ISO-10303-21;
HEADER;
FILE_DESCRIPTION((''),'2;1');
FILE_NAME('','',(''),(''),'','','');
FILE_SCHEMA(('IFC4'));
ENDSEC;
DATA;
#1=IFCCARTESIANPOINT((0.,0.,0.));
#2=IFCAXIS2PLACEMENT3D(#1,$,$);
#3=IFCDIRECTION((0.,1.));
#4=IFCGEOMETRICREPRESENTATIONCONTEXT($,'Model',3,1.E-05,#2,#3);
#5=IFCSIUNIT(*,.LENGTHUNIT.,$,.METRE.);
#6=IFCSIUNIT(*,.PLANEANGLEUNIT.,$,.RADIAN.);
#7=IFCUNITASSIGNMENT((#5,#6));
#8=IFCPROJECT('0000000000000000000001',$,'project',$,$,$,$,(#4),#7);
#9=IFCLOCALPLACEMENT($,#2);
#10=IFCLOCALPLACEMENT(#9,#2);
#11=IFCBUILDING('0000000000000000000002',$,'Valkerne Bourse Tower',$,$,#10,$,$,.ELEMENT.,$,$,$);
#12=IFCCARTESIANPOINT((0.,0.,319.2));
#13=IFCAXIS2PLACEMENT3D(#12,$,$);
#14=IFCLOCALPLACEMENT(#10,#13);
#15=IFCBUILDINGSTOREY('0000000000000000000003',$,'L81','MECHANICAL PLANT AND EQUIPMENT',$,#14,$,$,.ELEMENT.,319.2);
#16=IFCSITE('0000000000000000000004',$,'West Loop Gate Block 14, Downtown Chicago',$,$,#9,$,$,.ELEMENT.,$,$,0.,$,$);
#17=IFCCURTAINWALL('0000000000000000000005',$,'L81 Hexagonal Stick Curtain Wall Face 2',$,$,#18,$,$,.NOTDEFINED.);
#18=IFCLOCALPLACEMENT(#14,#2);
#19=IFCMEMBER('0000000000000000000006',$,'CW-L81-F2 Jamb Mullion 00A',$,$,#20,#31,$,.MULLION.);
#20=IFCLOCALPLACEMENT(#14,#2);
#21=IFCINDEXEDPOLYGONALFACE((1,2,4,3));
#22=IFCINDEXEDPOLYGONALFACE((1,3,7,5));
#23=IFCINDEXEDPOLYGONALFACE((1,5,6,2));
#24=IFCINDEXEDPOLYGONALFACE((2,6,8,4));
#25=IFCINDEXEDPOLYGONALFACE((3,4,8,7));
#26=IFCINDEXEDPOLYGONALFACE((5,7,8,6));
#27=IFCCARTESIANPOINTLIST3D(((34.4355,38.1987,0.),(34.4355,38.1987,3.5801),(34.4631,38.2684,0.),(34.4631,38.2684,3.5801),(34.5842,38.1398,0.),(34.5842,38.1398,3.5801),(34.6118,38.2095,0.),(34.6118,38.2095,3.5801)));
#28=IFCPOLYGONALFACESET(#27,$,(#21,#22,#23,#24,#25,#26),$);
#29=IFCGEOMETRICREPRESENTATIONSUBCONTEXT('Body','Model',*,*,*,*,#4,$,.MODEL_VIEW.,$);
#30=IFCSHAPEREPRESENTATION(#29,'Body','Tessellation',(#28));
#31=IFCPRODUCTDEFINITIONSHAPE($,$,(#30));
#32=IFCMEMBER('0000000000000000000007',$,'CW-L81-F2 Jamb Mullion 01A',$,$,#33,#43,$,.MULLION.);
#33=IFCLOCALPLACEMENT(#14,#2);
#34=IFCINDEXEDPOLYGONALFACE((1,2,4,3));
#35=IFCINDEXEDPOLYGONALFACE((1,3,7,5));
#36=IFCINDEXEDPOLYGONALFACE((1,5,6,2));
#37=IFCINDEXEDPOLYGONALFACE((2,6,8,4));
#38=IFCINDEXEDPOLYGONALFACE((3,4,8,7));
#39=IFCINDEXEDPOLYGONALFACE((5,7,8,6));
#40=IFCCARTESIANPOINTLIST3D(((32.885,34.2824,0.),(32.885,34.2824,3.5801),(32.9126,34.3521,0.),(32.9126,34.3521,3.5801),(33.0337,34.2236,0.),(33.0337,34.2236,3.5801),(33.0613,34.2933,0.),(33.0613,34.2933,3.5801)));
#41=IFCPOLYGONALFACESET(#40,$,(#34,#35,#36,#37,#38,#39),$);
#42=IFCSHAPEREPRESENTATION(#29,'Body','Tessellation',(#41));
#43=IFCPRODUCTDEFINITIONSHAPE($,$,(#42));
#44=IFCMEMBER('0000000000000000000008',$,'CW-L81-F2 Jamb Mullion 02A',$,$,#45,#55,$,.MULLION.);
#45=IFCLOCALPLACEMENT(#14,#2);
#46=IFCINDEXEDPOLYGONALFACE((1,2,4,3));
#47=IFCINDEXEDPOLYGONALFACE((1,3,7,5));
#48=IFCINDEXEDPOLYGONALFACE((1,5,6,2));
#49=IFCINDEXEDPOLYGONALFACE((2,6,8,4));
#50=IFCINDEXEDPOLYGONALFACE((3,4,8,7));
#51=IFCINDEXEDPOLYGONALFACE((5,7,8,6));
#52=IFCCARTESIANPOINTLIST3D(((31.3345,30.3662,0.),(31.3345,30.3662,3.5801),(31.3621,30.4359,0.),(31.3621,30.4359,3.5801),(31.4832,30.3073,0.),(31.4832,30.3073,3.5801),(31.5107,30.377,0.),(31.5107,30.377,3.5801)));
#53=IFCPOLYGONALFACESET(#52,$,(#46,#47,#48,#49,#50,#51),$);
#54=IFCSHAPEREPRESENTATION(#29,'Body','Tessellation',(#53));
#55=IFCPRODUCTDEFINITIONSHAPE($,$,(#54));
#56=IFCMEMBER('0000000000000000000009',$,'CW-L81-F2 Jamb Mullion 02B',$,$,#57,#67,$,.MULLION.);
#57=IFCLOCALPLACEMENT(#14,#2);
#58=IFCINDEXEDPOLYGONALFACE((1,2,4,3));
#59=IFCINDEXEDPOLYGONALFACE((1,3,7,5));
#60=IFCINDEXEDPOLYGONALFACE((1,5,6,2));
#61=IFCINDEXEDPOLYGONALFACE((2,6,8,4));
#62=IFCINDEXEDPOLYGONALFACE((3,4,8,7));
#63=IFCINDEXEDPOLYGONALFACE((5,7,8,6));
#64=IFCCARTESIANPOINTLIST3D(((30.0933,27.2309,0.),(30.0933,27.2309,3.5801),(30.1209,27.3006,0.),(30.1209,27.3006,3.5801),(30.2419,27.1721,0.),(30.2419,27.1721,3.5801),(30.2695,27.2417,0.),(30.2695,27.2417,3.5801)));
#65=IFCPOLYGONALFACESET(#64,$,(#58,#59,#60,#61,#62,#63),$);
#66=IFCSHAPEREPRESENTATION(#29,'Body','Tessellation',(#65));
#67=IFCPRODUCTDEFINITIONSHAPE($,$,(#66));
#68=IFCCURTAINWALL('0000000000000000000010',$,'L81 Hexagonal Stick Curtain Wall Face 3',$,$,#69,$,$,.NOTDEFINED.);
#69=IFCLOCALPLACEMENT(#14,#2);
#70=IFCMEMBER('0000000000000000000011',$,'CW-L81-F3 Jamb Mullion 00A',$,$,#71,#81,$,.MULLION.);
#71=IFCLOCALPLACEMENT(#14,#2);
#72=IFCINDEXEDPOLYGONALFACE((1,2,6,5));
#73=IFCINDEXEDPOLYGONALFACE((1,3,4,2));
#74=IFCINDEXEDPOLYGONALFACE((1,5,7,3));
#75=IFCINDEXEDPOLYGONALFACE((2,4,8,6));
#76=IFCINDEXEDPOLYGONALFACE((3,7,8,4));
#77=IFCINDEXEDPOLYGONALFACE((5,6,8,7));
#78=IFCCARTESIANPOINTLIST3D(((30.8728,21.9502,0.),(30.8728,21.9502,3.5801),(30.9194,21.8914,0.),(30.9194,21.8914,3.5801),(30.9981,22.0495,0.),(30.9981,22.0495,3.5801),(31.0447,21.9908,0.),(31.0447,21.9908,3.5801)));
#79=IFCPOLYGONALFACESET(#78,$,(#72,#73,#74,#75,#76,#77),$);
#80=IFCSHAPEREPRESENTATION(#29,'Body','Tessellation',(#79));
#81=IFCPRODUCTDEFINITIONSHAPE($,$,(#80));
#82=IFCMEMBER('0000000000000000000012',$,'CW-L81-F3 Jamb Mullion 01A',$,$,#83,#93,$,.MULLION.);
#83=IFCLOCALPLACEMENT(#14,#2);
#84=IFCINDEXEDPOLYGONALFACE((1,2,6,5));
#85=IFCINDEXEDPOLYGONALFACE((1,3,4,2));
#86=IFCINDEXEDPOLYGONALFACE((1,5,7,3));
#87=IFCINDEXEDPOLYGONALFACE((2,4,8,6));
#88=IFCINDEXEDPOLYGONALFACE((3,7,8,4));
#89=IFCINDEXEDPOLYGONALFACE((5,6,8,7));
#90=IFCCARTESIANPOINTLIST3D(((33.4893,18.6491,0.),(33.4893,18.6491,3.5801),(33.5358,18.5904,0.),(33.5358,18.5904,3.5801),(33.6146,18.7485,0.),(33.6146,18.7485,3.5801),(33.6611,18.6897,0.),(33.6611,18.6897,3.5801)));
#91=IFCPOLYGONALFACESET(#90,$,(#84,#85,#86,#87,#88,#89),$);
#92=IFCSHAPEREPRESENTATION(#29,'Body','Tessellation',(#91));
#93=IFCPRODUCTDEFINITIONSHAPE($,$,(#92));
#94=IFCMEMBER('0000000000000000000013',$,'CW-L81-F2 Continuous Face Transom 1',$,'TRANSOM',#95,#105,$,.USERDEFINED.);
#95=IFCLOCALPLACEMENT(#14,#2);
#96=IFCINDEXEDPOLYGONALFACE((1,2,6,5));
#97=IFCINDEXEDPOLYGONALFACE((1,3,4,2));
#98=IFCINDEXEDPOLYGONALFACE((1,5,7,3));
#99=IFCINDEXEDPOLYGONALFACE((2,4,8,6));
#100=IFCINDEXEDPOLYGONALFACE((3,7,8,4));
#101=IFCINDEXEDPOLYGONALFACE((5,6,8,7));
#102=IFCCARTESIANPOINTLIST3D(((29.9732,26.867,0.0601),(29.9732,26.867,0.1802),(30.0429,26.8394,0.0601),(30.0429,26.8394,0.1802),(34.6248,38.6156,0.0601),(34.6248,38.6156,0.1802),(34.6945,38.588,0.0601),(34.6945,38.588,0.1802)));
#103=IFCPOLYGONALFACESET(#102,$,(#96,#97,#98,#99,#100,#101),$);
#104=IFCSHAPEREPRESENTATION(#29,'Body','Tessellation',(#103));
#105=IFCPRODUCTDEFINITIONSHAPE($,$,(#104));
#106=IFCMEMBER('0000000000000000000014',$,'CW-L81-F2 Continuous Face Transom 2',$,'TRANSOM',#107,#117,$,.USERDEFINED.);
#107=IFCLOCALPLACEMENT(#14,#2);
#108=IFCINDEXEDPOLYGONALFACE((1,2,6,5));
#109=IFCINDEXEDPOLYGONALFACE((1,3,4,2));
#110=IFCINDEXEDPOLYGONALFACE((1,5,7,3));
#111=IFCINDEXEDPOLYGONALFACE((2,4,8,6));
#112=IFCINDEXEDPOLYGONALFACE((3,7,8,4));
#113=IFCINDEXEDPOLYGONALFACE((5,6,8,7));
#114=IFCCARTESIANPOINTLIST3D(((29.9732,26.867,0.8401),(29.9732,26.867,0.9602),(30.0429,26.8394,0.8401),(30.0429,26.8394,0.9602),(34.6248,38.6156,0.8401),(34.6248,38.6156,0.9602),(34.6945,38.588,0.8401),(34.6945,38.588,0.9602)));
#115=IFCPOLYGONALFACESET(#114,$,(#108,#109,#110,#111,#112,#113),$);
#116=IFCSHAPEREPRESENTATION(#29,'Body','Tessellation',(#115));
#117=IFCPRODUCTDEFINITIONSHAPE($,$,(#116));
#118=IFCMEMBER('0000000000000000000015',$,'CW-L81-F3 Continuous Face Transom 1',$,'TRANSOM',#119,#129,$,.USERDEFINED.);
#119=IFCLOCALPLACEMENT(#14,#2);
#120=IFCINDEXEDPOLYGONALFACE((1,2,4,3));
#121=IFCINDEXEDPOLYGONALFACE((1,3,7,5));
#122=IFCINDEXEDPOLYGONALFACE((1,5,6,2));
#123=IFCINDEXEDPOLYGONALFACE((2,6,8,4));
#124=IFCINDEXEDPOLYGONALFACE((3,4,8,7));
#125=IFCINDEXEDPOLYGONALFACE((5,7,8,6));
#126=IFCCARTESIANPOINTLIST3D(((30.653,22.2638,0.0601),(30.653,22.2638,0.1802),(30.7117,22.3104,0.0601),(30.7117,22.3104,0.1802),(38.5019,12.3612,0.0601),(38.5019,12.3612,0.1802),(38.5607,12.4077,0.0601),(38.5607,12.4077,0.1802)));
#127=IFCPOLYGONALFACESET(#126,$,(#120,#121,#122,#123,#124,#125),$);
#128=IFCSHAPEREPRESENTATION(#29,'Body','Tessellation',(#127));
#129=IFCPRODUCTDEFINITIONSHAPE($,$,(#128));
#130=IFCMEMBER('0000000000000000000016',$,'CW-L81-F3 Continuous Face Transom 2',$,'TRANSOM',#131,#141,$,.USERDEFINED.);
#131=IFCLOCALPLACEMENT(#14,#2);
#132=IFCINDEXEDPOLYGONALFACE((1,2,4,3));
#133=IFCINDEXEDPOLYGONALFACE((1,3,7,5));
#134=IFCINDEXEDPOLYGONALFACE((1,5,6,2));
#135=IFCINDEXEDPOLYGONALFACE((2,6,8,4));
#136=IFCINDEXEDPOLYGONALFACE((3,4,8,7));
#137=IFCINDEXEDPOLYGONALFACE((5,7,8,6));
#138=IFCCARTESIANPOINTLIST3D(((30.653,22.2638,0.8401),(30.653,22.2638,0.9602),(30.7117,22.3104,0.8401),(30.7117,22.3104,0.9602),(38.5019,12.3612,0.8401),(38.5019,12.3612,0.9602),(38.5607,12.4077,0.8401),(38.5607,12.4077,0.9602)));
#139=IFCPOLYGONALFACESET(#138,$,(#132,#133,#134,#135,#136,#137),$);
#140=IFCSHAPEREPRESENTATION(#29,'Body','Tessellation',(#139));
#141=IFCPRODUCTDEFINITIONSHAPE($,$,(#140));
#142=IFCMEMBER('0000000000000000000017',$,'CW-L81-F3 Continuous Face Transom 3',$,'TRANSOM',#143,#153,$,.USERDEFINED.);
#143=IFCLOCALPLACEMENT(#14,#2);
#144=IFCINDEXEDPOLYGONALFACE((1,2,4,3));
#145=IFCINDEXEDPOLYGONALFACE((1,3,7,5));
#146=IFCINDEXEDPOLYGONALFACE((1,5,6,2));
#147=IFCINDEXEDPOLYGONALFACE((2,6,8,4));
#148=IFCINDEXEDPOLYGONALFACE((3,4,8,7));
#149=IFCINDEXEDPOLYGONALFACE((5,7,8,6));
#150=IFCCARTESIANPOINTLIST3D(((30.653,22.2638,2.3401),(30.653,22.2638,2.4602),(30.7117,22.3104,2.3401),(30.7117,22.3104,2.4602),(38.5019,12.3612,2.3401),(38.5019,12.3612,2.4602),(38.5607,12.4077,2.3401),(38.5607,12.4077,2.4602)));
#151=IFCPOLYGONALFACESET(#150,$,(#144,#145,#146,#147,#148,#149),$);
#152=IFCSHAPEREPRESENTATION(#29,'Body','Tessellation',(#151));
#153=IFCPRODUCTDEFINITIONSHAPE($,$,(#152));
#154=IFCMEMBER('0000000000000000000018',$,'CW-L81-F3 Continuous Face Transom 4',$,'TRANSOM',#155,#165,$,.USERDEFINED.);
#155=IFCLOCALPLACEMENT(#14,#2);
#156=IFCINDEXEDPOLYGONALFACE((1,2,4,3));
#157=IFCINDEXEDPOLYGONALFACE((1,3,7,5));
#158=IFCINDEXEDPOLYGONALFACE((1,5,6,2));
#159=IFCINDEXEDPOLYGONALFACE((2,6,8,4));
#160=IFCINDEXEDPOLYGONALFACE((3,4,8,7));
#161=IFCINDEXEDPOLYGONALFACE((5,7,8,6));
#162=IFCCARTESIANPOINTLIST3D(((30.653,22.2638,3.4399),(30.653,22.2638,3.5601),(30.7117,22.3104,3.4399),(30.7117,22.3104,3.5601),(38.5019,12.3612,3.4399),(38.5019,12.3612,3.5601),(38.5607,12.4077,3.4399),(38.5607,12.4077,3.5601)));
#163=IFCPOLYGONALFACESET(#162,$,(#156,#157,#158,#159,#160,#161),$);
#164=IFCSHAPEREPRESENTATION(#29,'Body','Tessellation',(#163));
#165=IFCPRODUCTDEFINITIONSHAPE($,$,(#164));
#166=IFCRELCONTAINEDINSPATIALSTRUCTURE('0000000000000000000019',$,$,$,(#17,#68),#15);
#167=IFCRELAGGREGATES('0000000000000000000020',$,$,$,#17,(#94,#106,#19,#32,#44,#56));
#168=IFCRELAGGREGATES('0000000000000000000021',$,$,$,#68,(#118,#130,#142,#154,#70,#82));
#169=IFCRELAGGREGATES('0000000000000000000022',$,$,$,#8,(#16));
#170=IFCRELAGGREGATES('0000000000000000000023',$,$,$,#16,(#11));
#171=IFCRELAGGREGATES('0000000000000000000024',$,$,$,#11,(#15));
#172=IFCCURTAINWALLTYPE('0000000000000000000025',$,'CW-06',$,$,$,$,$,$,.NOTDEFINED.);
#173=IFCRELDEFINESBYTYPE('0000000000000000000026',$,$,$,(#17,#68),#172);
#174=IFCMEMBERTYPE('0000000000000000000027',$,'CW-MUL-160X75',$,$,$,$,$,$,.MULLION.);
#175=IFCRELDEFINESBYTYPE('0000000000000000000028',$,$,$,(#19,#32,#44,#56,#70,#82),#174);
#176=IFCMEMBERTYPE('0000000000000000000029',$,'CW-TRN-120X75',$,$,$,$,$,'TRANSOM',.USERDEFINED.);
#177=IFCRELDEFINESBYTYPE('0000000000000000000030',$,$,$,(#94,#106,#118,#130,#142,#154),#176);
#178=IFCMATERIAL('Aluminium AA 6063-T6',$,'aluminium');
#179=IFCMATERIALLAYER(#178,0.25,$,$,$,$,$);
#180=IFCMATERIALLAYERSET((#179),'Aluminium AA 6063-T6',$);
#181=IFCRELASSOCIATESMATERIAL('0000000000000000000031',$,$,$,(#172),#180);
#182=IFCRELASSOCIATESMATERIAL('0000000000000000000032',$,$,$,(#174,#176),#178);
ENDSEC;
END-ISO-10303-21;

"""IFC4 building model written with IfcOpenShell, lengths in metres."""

from ifc_helpers import new_model, si_unit, direction, frame, origin, origin_2d, place, context, subcontext, project, spatial, rectangle, extrude, material, layer, layer_set, material_profile, profile_set, type_object, element, aggregate, save


model = new_model("IFC4")

# Units and contexts
model_context = context("Model", 3, precision=1e-05, world=origin(), true_north=direction((0.0, 1.0)))
body_context = subcontext(model_context, "Body", "Model", "MODEL_VIEW")
ifc_project = project(units=[si_unit("LENGTHUNIT", "METRE"), si_unit("PLANEANGLEUNIT", "RADIAN")], contexts=[model_context])

# Site, building, storey
site_placement = place(None, origin())
site = spatial("IfcSite", under=ifc_project, at=site_placement, Name="West Loop Gate Block 14, Downtown Chicago", CompositionType="ELEMENT", RefElevation=0.0)
building_placement = place(site_placement, origin())
building = spatial("IfcBuilding", under=site, at=building_placement, Name="Valkerne Bourse Tower", CompositionType="ELEMENT")
storey_placement = place(building_placement, frame((0.0, 0.0, 319.2)))
storey = spatial("IfcBuildingStorey", under=building, at=storey_placement, Name="L81", Description="MECHANICAL PLANT AND EQUIPMENT", CompositionType="ELEMENT", Elevation=319.2)

# Curtain walls, members
ifc_material_1 = material(Name="Aluminium AA 6063-T6", Category="aluminium")
ifc_layer_1 = layer(ifc_material_1, 0.25)
ifc_layer_set_1 = layer_set([ifc_layer_1], Name="Aluminium AA 6063-T6")
curtain_wall_type = type_object("IfcCurtainWallType", Name="CW-06", PredefinedType="NOTDEFINED", material=ifc_layer_set_1)
curtain_wall_1_placement = place(storey_placement, origin())
curtain_wall_1 = element("IfcCurtainWall", 1, at=curtain_wall_1_placement, inside=storey, type_object=curtain_wall_type, Name="L81 Hexagonal Stick Curtain Wall Face 2", PredefinedType="NOTDEFINED")
ifc_material_profile_1 = material_profile(ifc_material_1, rectangle(XDim=0.075, YDim=0.1599, at=origin_2d()), Name="CWM-75X160")
ifc_profile_set_1 = profile_set([ifc_material_profile_1], Name="Aluminium AA 6063-T6")
member_type_1 = type_object("IfcMemberType", Name="CW-MUL-160X75", PredefinedType="MULLION", material=ifc_profile_set_1)
member_1_placement = place(storey_placement, frame((34.5237, 38.2041, 0.0), z_axis=(0.0, 0.0, 1.0), x_axis=(-0.36813, -0.929774, 0.0)))
member_1 = element("IfcMember", 2, at=member_1_placement, type_object=member_type_1, Name="CW-L81-F2 Jamb Mullion 00A", PredefinedType="MULLION", context=body_context, shape_type="SweptSolid", body=[
    extrude(rectangle(XDim=0.075, YDim=0.1599, at=origin_2d()), origin(), (0.0, 0.0, 1.0), 3.5801),
])
member_2_placement = place(storey_placement, frame((32.9731, 34.2878, 0.0), z_axis=(0.0, 0.0, 1.0), x_axis=(-0.368118, -0.929779, 0.0)))
member_2 = element("IfcMember", 3, at=member_2_placement, type_object=member_type_1, Name="CW-L81-F2 Jamb Mullion 01A", PredefinedType="MULLION", context=body_context, shape_type="SweptSolid", body=[
    extrude(rectangle(XDim=0.075, YDim=0.1599, at=origin_2d()), origin(), (0.0, 0.0, 1.0), 3.5801),
])
member_3_placement = place(storey_placement, frame((31.4226, 30.3716, 0.0), z_axis=(0.0, 0.0, 1.0), x_axis=(-0.368118, -0.929779, 0.0)))
member_3 = element("IfcMember", 4, at=member_3_placement, type_object=member_type_1, Name="CW-L81-F2 Jamb Mullion 02A", PredefinedType="MULLION", context=body_context, shape_type="SweptSolid", body=[
    extrude(rectangle(XDim=0.075, YDim=0.1599, at=origin_2d()), origin(), (0.0, 0.0, 1.0), 3.5801),
])
member_4_placement = place(storey_placement, frame((30.1814, 27.2363, 0.0), z_axis=(0.0, 0.0, 1.0), x_axis=(-0.368118, -0.929779, 0.0)))
member_4 = element("IfcMember", 5, at=member_4_placement, type_object=member_type_1, Name="CW-L81-F2 Jamb Mullion 02B", PredefinedType="MULLION", context=body_context, shape_type="SweptSolid", body=[
    extrude(rectangle(XDim=0.075, YDim=0.1599, at=origin_2d()), origin(), (0.0, 0.0, 1.0), 3.5801),
])
curtain_wall_2_placement = place(storey_placement, origin())
curtain_wall_2 = element("IfcCurtainWall", 6, at=curtain_wall_2_placement, inside=storey, type_object=curtain_wall_type, Name="L81 Hexagonal Stick Curtain Wall Face 3", PredefinedType="NOTDEFINED")
member_5_placement = place(storey_placement, frame((30.9587, 21.9705, 0.0), z_axis=(0.0, 0.0, 1.0), x_axis=(0.621153, -0.783689, 0.0)))
member_5 = element("IfcMember", 7, at=member_5_placement, type_object=member_type_1, Name="CW-L81-F3 Jamb Mullion 00A", PredefinedType="MULLION", context=body_context, shape_type="SweptSolid", body=[
    extrude(rectangle(XDim=0.075, YDim=0.1599, at=origin_2d()), origin(), (0.0, 0.0, 1.0), 3.5801),
])
member_6_placement = place(storey_placement, frame((33.5752, 18.6694, 0.0), z_axis=(0.0, 0.0, 1.0), x_axis=(0.621153, -0.783689, 0.0)))
member_6 = element("IfcMember", 8, at=member_6_placement, type_object=member_type_1, Name="CW-L81-F3 Jamb Mullion 01A", PredefinedType="MULLION", context=body_context, shape_type="SweptSolid", body=[
    extrude(rectangle(XDim=0.075, YDim=0.1599, at=origin_2d()), origin(), (0.0, 0.0, 1.0), 3.5801),
])

# Members
ifc_material_profile_2 = material_profile(ifc_material_1, rectangle(XDim=0.075, YDim=0.1201, at=origin_2d()), Name="CWT-75X120")
ifc_profile_set_2 = profile_set([ifc_material_profile_2], Name="Aluminium AA 6063-T6")
member_type_2 = type_object("IfcMemberType", Name="CW-TRN-120X75", ElementType="TRANSOM", PredefinedType="USERDEFINED", material=ifc_profile_set_2)
member_7_placement = place(storey_placement, frame((34.6597, 38.6018, 0.1201), z_axis=(-0.368127, -0.929775, 0.0), x_axis=(0.929775, -0.368127, 0.0)))
member_7 = element("IfcMember", 9, at=member_7_placement, type_object=member_type_2, Name="CW-L81-F2 Continuous Face Transom 1", ObjectType="TRANSOM", PredefinedType="USERDEFINED", context=body_context, shape_type="SweptSolid", body=[
    extrude(rectangle(XDim=0.075, YDim=0.1201, at=origin_2d()), origin(), (0.0, 0.0, 1.0), 12.636),
])
member_8_placement = place(storey_placement, frame((34.6597, 38.6018, 0.9001), z_axis=(-0.368127, -0.929775, 0.0), x_axis=(0.929775, -0.368127, 0.0)))
member_8 = element("IfcMember", 10, at=member_8_placement, type_object=member_type_2, Name="CW-L81-F2 Continuous Face Transom 2", ObjectType="TRANSOM", PredefinedType="USERDEFINED", context=body_context, shape_type="SweptSolid", body=[
    extrude(rectangle(XDim=0.075, YDim=0.1201, at=origin_2d()), origin(), (0.0, 0.0, 1.0), 12.636),
])
member_9_placement = place(storey_placement, frame((30.6824, 22.2871, 0.1201), z_axis=(0.621157, -0.783686, 0.0), x_axis=(0.783686, 0.621157, 0.0)))
member_9 = element("IfcMember", 11, at=member_9_placement, type_object=member_type_2, Name="CW-L81-F3 Continuous Face Transom 1", ObjectType="TRANSOM", PredefinedType="USERDEFINED", context=body_context, shape_type="SweptSolid", body=[
    extrude(rectangle(XDim=0.075, YDim=0.1201, at=origin_2d()), origin(), (0.0, 0.0, 1.0), 12.636),
])
member_10_placement = place(storey_placement, frame((30.6824, 22.2871, 0.9001), z_axis=(0.621157, -0.783686, 0.0), x_axis=(0.783686, 0.621157, 0.0)))
member_10 = element("IfcMember", 12, at=member_10_placement, type_object=member_type_2, Name="CW-L81-F3 Continuous Face Transom 2", ObjectType="TRANSOM", PredefinedType="USERDEFINED", context=body_context, shape_type="SweptSolid", body=[
    extrude(rectangle(XDim=0.075, YDim=0.1201, at=origin_2d()), origin(), (0.0, 0.0, 1.0), 12.636),
])
member_11_placement = place(storey_placement, frame((30.6824, 22.2871, 2.4001), z_axis=(0.621157, -0.783686, 0.0), x_axis=(0.783686, 0.621157, 0.0)))
member_11 = element("IfcMember", 13, at=member_11_placement, type_object=member_type_2, Name="CW-L81-F3 Continuous Face Transom 3", ObjectType="TRANSOM", PredefinedType="USERDEFINED", context=body_context, shape_type="SweptSolid", body=[
    extrude(rectangle(XDim=0.075, YDim=0.1201, at=origin_2d()), origin(), (0.0, 0.0, 1.0), 12.636),
])
member_12_placement = place(storey_placement, frame((30.6824, 22.2871, 3.5), z_axis=(0.621157, -0.783686, 0.0), x_axis=(0.783686, 0.621157, 0.0)))
member_12 = element("IfcMember", 14, at=member_12_placement, type_object=member_type_2, Name="CW-L81-F3 Continuous Face Transom 4", ObjectType="TRANSOM", PredefinedType="USERDEFINED", context=body_context, shape_type="SweptSolid", body=[
    extrude(rectangle(XDim=0.075, YDim=0.1201, at=origin_2d()), origin(), (0.0, 0.0, 1.0), 12.636),
])

aggregate(curtain_wall_1, [member_7, member_8, member_1, member_2, member_3, member_4])
aggregate(curtain_wall_2, [member_9, member_10, member_11, member_12, member_5, member_6])

save(model, "model.ifc")
